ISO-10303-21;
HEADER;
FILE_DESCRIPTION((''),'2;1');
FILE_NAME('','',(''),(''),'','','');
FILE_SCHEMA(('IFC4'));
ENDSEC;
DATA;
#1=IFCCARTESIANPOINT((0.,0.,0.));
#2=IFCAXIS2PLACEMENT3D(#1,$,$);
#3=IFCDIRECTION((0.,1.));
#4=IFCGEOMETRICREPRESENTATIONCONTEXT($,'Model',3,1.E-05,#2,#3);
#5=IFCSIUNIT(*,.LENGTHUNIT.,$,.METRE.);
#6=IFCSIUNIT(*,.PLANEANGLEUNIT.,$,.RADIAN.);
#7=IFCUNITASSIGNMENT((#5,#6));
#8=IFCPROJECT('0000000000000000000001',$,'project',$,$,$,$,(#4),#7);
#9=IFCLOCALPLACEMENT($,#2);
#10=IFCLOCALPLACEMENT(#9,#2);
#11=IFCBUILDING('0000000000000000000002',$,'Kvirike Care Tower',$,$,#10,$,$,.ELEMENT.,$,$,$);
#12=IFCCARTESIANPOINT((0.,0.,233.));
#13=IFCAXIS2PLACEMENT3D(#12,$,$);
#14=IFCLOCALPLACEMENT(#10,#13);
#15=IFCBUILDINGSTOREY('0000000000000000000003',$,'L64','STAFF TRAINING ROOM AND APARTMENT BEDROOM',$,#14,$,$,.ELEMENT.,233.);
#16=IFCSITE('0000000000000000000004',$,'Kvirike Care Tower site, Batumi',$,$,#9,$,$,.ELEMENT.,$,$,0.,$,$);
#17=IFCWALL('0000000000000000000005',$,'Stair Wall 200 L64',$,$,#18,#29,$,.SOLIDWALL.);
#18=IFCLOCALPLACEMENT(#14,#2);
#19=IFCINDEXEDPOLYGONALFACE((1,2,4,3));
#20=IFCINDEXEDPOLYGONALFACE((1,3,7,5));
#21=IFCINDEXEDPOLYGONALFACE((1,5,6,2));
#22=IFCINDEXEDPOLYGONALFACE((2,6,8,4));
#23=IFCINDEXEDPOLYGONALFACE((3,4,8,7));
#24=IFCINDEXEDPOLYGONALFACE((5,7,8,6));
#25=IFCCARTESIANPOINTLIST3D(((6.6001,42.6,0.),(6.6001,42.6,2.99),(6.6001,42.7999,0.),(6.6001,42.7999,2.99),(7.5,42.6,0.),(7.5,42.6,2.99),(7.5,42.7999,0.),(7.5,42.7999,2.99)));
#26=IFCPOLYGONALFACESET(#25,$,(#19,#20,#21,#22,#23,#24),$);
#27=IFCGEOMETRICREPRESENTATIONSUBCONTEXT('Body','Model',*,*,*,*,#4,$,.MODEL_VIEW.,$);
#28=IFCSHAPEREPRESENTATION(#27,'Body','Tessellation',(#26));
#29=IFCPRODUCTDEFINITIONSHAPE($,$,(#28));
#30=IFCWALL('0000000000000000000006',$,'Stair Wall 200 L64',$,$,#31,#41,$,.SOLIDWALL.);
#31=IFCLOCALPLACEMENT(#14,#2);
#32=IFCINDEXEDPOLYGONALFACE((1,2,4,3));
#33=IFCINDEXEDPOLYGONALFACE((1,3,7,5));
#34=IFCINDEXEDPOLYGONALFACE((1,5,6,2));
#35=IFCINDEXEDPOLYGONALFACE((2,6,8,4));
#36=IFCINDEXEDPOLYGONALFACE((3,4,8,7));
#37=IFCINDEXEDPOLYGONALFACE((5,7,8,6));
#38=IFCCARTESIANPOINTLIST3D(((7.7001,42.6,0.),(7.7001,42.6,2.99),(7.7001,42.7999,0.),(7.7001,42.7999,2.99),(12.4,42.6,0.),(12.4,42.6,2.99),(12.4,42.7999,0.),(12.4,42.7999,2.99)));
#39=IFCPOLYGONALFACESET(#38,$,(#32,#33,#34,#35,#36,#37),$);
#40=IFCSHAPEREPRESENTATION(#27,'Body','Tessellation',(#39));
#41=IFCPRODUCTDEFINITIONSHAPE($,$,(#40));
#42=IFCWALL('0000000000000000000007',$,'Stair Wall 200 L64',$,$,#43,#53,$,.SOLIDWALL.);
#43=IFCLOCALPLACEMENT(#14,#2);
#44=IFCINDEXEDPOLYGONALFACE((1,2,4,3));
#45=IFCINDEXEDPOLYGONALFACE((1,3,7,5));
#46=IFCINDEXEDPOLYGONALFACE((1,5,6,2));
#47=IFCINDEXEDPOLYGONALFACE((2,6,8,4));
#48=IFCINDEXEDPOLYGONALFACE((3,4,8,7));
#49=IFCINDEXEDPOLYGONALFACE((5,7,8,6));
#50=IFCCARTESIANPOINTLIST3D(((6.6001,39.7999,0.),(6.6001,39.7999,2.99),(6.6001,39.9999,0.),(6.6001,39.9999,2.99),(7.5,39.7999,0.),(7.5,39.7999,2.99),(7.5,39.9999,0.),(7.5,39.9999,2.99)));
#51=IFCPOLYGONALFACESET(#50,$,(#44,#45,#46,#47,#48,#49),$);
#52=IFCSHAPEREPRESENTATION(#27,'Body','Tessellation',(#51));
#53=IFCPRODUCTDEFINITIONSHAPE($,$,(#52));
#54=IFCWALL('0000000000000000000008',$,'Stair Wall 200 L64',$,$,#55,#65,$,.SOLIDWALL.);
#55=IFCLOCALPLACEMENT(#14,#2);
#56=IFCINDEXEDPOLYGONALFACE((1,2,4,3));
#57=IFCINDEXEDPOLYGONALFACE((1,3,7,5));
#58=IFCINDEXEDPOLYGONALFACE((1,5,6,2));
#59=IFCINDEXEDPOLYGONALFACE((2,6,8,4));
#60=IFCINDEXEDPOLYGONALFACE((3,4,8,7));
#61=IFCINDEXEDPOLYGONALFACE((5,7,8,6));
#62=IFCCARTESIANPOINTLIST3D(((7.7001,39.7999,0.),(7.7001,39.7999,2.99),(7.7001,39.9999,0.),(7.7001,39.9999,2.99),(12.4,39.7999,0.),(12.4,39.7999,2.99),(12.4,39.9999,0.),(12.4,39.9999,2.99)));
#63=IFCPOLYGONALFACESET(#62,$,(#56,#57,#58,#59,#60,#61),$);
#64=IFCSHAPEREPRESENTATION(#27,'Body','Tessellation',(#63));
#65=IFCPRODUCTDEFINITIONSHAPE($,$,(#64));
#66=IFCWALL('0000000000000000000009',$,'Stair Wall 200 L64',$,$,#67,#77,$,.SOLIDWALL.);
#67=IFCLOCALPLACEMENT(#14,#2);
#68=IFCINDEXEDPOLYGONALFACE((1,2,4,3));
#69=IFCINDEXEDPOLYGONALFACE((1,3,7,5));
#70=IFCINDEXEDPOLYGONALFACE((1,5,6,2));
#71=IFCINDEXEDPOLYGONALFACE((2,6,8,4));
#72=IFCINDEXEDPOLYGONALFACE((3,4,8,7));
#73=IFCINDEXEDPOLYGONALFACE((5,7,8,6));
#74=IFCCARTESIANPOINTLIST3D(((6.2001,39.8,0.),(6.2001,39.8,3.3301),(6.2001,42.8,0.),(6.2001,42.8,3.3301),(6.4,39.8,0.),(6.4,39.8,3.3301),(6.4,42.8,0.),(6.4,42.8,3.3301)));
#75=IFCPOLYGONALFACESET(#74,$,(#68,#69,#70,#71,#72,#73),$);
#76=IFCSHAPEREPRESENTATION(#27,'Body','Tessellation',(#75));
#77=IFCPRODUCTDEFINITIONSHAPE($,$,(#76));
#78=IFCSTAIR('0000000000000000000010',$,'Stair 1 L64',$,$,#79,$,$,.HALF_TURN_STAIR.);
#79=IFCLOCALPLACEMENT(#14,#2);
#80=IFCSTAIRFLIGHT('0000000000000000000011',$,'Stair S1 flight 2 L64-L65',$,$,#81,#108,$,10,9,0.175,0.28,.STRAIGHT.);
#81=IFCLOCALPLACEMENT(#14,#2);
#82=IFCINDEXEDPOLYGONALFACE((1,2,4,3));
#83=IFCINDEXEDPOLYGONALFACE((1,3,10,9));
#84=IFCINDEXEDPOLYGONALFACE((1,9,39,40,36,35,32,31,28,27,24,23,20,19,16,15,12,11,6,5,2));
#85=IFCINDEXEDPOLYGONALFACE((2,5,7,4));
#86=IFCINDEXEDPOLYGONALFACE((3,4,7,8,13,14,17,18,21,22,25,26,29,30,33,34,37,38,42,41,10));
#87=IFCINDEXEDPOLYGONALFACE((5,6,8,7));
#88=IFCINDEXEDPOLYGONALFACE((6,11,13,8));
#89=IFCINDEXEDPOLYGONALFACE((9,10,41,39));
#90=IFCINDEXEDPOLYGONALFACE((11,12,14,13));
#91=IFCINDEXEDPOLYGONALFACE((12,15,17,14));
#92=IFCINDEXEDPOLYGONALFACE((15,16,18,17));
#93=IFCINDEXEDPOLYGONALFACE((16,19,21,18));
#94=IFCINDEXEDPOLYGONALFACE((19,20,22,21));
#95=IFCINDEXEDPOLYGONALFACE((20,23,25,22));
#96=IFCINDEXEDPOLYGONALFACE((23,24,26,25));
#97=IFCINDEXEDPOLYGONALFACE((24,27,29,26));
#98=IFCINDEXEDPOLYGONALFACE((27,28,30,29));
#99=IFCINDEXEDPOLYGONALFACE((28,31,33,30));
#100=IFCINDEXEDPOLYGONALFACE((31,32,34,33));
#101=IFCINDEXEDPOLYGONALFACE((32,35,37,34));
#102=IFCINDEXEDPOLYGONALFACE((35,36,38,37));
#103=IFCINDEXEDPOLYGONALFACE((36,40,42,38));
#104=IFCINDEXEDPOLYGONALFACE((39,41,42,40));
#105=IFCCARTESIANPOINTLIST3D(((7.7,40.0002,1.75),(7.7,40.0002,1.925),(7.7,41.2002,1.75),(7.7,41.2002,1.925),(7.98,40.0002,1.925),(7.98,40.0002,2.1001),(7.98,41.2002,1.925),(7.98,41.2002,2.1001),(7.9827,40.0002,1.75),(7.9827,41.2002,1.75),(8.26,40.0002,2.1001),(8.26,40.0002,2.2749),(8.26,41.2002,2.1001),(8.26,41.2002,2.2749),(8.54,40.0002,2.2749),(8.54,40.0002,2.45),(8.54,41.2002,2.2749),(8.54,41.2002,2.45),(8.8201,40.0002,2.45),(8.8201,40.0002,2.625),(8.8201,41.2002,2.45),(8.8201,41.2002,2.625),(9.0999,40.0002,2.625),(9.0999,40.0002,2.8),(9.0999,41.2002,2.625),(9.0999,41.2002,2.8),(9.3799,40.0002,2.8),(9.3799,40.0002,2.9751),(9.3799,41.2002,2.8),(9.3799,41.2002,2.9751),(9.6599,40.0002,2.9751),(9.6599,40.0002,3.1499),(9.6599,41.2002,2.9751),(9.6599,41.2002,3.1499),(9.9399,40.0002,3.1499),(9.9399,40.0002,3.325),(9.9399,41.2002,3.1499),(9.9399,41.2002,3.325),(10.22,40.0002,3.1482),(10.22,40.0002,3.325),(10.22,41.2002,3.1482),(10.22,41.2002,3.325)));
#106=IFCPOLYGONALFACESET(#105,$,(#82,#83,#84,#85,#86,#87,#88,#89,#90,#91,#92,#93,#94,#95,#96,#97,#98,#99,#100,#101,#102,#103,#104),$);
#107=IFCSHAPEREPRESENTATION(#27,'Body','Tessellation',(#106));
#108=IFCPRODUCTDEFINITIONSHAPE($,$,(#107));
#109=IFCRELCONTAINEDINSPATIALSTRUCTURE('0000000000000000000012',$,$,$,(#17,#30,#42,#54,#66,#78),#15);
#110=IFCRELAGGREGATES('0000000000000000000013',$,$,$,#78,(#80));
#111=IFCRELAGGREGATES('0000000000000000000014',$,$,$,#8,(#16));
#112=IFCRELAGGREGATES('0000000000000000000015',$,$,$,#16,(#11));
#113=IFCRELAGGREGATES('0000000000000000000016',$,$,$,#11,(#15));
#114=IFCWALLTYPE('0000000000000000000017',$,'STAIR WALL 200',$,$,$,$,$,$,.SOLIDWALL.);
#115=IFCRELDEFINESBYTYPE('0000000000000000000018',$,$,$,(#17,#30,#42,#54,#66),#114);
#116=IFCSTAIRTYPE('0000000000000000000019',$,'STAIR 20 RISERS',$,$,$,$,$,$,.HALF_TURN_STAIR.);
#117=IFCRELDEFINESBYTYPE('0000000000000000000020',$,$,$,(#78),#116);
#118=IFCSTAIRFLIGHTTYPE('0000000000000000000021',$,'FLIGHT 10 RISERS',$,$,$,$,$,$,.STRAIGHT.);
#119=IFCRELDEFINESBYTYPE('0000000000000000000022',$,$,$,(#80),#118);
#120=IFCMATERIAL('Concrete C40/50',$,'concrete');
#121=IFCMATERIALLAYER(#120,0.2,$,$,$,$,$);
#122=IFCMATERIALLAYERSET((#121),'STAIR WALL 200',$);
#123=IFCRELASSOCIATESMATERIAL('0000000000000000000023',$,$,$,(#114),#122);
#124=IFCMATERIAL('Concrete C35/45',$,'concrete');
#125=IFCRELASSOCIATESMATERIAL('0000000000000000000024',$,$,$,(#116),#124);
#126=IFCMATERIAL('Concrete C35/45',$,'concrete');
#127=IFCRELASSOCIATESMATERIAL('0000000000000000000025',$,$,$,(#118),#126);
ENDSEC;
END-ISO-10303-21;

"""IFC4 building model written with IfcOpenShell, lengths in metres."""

from ifc_helpers import new_model, si_unit, direction, frame, frame_2d, origin, place, context, subcontext, project, spatial, polyline, rectangle, outline, extrude, material, layer, layer_set, type_object, element, aggregate, save


model = new_model("IFC4")

# Units and contexts
model_context = context("Model", 3, precision=1e-05, world=origin(), true_north=direction((0.0, 1.0)))
body_context = subcontext(model_context, "Body", "Model", "MODEL_VIEW")
ifc_project = project(units=[si_unit("LENGTHUNIT", "METRE"), si_unit("PLANEANGLEUNIT", "RADIAN")], contexts=[model_context])

# Site, building, storey
site_placement = place(None, origin())
site = spatial("IfcSite", under=ifc_project, at=site_placement, Name="Kvirike Care Tower site, Batumi", CompositionType="ELEMENT", RefElevation=0.0)
building_placement = place(site_placement, origin())
building = spatial("IfcBuilding", under=site, at=building_placement, Name="Kvirike Care Tower", CompositionType="ELEMENT")
storey_placement = place(building_placement, frame((0.0, 0.0, 233.0)))
storey = spatial("IfcBuildingStorey", under=building, at=storey_placement, Name="L64", Description="STAFF TRAINING ROOM AND APARTMENT BEDROOM", CompositionType="ELEMENT", Elevation=233.0)

# Walls
ifc_material_1 = material(Name="Concrete C40/50", Category="concrete")
ifc_layer_1 = layer(ifc_material_1, 0.2)
ifc_layer_set_1 = layer_set([ifc_layer_1], Name="STAIR WALL 200")
wall_type_1 = type_object("IfcWallType", Name="STAIR WALL 200", PredefinedType="SOLIDWALL", material=ifc_layer_set_1)
wall_1_placement = place(storey_placement, frame((6.6001, 42.7, 0.0), z_axis=(0.0, 0.0, 1.0), x_axis=(1.0, 0.0, 0.0)))
element("IfcWall", 1, at=wall_1_placement, inside=storey, type_object=wall_type_1, Name="Stair Wall 200 L64", PredefinedType="SOLIDWALL", context=body_context, shape_type="SweptSolid", body=[
    extrude(rectangle(XDim=0.8999, YDim=0.2, at=frame_2d((0.45, 0.0))), origin(), (0.0, 0.0, 1.0), 2.99),
])
wall_2_placement = place(storey_placement, frame((7.7, 42.7, 0.0), z_axis=(0.0, 0.0, 1.0), x_axis=(1.0, 0.0, 0.0)))
element("IfcWall", 2, at=wall_2_placement, inside=storey, type_object=wall_type_1, Name="Stair Wall 200 L64", PredefinedType="SOLIDWALL", context=body_context, shape_type="SweptSolid", body=[
    extrude(rectangle(XDim=4.7, YDim=0.2, at=frame_2d((2.3501, 0.0))), origin(), (0.0, 0.0, 1.0), 2.99),
])
wall_3_placement = place(storey_placement, frame((6.6001, 39.8999, 0.0), z_axis=(0.0, 0.0, 1.0), x_axis=(1.0, 0.0, 0.0)))
element("IfcWall", 3, at=wall_3_placement, inside=storey, type_object=wall_type_1, Name="Stair Wall 200 L64", PredefinedType="SOLIDWALL", context=body_context, shape_type="SweptSolid", body=[
    extrude(rectangle(XDim=0.8999, YDim=0.2, at=frame_2d((0.45, 0.0))), origin(), (0.0, 0.0, 1.0), 2.99),
])
wall_4_placement = place(storey_placement, frame((7.7, 39.8999, 0.0), z_axis=(0.0, 0.0, 1.0), x_axis=(1.0, 0.0, 0.0)))
element("IfcWall", 4, at=wall_4_placement, inside=storey, type_object=wall_type_1, Name="Stair Wall 200 L64", PredefinedType="SOLIDWALL", context=body_context, shape_type="SweptSolid", body=[
    extrude(rectangle(XDim=4.7, YDim=0.2, at=frame_2d((2.3501, 0.0))), origin(), (0.0, 0.0, 1.0), 2.99),
])
wall_5_placement = place(storey_placement, frame((6.3, 42.8, 0.0), z_axis=(0.0, 0.0, 1.0), x_axis=(0.0, -1.0, 0.0)))
element("IfcWall", 5, at=wall_5_placement, inside=storey, type_object=wall_type_1, Name="Stair Wall 200 L64", PredefinedType="SOLIDWALL", context=body_context, shape_type="SweptSolid", body=[
    extrude(rectangle(XDim=3.0, YDim=0.2, at=frame_2d((1.5, 0.0))), origin(), (0.0, 0.0, 1.0), 3.3301),
])

# Stair, stair flight
ifc_material_2 = material(Name="Concrete C35/45", Category="concrete")
stair_type = type_object("IfcStairType", Name="STAIR 20 RISERS", PredefinedType="HALF_TURN_STAIR", material=ifc_material_2)
stair_placement = place(storey_placement, origin())
stair = element("IfcStair", 6, at=stair_placement, inside=storey, type_object=stair_type, Name="Stair 1 L64", PredefinedType="HALF_TURN_STAIR")
ifc_material_3 = material(Name="Concrete C35/45", Category="concrete")
stair_flight_type = type_object("IfcStairFlightType", Name="FLIGHT 10 RISERS", PredefinedType="STRAIGHT", material=ifc_material_3)
stair_flight_placement = place(storey_placement, frame((7.7, 40.6001, 1.75), z_axis=(0.0, 0.0, 1.0), x_axis=(1.0, 0.0, 0.0)))
stair_flight = element("IfcStairFlight", 7, at=stair_flight_placement, type_object=stair_flight_type, Name="Stair S1 flight 2 L64-L65", NumberOfRisers=10, NumberOfTreads=9, PredefinedType="STRAIGHT", RiserHeight=0.175, TreadLength=0.28, context=body_context, shape_type="SweptSolid", body=[
    extrude(outline(polyline([(0.0, 0.0), (0.0, 0.175), (0.28, 0.175), (0.28, 0.3501), (0.5601, 0.3501), (0.5601, 0.5249), (0.8401, 0.5249), (0.8401, 0.7), (1.1201, 0.7), (1.1201, 0.875), (1.3999, 0.875), (1.3999, 1.05), (1.6799, 1.05), (1.6799, 1.2251), (1.96, 1.2251), (1.96, 1.3999), (2.24, 1.3999), (2.24, 1.575), (2.52, 1.575), (2.52, 1.75), (2.52, 1.3982), (0.2827, 0.0), (0.0, 0.0)])), frame((0.0, 0.6001, 0.0), z_axis=(0.0, -1.0, 0.0), x_axis=(1.0, 0.0, 0.0)), (0.0, 0.0, 1.0), 1.2),
])
aggregate(stair, [stair_flight])

save(model, "model.ifc")
